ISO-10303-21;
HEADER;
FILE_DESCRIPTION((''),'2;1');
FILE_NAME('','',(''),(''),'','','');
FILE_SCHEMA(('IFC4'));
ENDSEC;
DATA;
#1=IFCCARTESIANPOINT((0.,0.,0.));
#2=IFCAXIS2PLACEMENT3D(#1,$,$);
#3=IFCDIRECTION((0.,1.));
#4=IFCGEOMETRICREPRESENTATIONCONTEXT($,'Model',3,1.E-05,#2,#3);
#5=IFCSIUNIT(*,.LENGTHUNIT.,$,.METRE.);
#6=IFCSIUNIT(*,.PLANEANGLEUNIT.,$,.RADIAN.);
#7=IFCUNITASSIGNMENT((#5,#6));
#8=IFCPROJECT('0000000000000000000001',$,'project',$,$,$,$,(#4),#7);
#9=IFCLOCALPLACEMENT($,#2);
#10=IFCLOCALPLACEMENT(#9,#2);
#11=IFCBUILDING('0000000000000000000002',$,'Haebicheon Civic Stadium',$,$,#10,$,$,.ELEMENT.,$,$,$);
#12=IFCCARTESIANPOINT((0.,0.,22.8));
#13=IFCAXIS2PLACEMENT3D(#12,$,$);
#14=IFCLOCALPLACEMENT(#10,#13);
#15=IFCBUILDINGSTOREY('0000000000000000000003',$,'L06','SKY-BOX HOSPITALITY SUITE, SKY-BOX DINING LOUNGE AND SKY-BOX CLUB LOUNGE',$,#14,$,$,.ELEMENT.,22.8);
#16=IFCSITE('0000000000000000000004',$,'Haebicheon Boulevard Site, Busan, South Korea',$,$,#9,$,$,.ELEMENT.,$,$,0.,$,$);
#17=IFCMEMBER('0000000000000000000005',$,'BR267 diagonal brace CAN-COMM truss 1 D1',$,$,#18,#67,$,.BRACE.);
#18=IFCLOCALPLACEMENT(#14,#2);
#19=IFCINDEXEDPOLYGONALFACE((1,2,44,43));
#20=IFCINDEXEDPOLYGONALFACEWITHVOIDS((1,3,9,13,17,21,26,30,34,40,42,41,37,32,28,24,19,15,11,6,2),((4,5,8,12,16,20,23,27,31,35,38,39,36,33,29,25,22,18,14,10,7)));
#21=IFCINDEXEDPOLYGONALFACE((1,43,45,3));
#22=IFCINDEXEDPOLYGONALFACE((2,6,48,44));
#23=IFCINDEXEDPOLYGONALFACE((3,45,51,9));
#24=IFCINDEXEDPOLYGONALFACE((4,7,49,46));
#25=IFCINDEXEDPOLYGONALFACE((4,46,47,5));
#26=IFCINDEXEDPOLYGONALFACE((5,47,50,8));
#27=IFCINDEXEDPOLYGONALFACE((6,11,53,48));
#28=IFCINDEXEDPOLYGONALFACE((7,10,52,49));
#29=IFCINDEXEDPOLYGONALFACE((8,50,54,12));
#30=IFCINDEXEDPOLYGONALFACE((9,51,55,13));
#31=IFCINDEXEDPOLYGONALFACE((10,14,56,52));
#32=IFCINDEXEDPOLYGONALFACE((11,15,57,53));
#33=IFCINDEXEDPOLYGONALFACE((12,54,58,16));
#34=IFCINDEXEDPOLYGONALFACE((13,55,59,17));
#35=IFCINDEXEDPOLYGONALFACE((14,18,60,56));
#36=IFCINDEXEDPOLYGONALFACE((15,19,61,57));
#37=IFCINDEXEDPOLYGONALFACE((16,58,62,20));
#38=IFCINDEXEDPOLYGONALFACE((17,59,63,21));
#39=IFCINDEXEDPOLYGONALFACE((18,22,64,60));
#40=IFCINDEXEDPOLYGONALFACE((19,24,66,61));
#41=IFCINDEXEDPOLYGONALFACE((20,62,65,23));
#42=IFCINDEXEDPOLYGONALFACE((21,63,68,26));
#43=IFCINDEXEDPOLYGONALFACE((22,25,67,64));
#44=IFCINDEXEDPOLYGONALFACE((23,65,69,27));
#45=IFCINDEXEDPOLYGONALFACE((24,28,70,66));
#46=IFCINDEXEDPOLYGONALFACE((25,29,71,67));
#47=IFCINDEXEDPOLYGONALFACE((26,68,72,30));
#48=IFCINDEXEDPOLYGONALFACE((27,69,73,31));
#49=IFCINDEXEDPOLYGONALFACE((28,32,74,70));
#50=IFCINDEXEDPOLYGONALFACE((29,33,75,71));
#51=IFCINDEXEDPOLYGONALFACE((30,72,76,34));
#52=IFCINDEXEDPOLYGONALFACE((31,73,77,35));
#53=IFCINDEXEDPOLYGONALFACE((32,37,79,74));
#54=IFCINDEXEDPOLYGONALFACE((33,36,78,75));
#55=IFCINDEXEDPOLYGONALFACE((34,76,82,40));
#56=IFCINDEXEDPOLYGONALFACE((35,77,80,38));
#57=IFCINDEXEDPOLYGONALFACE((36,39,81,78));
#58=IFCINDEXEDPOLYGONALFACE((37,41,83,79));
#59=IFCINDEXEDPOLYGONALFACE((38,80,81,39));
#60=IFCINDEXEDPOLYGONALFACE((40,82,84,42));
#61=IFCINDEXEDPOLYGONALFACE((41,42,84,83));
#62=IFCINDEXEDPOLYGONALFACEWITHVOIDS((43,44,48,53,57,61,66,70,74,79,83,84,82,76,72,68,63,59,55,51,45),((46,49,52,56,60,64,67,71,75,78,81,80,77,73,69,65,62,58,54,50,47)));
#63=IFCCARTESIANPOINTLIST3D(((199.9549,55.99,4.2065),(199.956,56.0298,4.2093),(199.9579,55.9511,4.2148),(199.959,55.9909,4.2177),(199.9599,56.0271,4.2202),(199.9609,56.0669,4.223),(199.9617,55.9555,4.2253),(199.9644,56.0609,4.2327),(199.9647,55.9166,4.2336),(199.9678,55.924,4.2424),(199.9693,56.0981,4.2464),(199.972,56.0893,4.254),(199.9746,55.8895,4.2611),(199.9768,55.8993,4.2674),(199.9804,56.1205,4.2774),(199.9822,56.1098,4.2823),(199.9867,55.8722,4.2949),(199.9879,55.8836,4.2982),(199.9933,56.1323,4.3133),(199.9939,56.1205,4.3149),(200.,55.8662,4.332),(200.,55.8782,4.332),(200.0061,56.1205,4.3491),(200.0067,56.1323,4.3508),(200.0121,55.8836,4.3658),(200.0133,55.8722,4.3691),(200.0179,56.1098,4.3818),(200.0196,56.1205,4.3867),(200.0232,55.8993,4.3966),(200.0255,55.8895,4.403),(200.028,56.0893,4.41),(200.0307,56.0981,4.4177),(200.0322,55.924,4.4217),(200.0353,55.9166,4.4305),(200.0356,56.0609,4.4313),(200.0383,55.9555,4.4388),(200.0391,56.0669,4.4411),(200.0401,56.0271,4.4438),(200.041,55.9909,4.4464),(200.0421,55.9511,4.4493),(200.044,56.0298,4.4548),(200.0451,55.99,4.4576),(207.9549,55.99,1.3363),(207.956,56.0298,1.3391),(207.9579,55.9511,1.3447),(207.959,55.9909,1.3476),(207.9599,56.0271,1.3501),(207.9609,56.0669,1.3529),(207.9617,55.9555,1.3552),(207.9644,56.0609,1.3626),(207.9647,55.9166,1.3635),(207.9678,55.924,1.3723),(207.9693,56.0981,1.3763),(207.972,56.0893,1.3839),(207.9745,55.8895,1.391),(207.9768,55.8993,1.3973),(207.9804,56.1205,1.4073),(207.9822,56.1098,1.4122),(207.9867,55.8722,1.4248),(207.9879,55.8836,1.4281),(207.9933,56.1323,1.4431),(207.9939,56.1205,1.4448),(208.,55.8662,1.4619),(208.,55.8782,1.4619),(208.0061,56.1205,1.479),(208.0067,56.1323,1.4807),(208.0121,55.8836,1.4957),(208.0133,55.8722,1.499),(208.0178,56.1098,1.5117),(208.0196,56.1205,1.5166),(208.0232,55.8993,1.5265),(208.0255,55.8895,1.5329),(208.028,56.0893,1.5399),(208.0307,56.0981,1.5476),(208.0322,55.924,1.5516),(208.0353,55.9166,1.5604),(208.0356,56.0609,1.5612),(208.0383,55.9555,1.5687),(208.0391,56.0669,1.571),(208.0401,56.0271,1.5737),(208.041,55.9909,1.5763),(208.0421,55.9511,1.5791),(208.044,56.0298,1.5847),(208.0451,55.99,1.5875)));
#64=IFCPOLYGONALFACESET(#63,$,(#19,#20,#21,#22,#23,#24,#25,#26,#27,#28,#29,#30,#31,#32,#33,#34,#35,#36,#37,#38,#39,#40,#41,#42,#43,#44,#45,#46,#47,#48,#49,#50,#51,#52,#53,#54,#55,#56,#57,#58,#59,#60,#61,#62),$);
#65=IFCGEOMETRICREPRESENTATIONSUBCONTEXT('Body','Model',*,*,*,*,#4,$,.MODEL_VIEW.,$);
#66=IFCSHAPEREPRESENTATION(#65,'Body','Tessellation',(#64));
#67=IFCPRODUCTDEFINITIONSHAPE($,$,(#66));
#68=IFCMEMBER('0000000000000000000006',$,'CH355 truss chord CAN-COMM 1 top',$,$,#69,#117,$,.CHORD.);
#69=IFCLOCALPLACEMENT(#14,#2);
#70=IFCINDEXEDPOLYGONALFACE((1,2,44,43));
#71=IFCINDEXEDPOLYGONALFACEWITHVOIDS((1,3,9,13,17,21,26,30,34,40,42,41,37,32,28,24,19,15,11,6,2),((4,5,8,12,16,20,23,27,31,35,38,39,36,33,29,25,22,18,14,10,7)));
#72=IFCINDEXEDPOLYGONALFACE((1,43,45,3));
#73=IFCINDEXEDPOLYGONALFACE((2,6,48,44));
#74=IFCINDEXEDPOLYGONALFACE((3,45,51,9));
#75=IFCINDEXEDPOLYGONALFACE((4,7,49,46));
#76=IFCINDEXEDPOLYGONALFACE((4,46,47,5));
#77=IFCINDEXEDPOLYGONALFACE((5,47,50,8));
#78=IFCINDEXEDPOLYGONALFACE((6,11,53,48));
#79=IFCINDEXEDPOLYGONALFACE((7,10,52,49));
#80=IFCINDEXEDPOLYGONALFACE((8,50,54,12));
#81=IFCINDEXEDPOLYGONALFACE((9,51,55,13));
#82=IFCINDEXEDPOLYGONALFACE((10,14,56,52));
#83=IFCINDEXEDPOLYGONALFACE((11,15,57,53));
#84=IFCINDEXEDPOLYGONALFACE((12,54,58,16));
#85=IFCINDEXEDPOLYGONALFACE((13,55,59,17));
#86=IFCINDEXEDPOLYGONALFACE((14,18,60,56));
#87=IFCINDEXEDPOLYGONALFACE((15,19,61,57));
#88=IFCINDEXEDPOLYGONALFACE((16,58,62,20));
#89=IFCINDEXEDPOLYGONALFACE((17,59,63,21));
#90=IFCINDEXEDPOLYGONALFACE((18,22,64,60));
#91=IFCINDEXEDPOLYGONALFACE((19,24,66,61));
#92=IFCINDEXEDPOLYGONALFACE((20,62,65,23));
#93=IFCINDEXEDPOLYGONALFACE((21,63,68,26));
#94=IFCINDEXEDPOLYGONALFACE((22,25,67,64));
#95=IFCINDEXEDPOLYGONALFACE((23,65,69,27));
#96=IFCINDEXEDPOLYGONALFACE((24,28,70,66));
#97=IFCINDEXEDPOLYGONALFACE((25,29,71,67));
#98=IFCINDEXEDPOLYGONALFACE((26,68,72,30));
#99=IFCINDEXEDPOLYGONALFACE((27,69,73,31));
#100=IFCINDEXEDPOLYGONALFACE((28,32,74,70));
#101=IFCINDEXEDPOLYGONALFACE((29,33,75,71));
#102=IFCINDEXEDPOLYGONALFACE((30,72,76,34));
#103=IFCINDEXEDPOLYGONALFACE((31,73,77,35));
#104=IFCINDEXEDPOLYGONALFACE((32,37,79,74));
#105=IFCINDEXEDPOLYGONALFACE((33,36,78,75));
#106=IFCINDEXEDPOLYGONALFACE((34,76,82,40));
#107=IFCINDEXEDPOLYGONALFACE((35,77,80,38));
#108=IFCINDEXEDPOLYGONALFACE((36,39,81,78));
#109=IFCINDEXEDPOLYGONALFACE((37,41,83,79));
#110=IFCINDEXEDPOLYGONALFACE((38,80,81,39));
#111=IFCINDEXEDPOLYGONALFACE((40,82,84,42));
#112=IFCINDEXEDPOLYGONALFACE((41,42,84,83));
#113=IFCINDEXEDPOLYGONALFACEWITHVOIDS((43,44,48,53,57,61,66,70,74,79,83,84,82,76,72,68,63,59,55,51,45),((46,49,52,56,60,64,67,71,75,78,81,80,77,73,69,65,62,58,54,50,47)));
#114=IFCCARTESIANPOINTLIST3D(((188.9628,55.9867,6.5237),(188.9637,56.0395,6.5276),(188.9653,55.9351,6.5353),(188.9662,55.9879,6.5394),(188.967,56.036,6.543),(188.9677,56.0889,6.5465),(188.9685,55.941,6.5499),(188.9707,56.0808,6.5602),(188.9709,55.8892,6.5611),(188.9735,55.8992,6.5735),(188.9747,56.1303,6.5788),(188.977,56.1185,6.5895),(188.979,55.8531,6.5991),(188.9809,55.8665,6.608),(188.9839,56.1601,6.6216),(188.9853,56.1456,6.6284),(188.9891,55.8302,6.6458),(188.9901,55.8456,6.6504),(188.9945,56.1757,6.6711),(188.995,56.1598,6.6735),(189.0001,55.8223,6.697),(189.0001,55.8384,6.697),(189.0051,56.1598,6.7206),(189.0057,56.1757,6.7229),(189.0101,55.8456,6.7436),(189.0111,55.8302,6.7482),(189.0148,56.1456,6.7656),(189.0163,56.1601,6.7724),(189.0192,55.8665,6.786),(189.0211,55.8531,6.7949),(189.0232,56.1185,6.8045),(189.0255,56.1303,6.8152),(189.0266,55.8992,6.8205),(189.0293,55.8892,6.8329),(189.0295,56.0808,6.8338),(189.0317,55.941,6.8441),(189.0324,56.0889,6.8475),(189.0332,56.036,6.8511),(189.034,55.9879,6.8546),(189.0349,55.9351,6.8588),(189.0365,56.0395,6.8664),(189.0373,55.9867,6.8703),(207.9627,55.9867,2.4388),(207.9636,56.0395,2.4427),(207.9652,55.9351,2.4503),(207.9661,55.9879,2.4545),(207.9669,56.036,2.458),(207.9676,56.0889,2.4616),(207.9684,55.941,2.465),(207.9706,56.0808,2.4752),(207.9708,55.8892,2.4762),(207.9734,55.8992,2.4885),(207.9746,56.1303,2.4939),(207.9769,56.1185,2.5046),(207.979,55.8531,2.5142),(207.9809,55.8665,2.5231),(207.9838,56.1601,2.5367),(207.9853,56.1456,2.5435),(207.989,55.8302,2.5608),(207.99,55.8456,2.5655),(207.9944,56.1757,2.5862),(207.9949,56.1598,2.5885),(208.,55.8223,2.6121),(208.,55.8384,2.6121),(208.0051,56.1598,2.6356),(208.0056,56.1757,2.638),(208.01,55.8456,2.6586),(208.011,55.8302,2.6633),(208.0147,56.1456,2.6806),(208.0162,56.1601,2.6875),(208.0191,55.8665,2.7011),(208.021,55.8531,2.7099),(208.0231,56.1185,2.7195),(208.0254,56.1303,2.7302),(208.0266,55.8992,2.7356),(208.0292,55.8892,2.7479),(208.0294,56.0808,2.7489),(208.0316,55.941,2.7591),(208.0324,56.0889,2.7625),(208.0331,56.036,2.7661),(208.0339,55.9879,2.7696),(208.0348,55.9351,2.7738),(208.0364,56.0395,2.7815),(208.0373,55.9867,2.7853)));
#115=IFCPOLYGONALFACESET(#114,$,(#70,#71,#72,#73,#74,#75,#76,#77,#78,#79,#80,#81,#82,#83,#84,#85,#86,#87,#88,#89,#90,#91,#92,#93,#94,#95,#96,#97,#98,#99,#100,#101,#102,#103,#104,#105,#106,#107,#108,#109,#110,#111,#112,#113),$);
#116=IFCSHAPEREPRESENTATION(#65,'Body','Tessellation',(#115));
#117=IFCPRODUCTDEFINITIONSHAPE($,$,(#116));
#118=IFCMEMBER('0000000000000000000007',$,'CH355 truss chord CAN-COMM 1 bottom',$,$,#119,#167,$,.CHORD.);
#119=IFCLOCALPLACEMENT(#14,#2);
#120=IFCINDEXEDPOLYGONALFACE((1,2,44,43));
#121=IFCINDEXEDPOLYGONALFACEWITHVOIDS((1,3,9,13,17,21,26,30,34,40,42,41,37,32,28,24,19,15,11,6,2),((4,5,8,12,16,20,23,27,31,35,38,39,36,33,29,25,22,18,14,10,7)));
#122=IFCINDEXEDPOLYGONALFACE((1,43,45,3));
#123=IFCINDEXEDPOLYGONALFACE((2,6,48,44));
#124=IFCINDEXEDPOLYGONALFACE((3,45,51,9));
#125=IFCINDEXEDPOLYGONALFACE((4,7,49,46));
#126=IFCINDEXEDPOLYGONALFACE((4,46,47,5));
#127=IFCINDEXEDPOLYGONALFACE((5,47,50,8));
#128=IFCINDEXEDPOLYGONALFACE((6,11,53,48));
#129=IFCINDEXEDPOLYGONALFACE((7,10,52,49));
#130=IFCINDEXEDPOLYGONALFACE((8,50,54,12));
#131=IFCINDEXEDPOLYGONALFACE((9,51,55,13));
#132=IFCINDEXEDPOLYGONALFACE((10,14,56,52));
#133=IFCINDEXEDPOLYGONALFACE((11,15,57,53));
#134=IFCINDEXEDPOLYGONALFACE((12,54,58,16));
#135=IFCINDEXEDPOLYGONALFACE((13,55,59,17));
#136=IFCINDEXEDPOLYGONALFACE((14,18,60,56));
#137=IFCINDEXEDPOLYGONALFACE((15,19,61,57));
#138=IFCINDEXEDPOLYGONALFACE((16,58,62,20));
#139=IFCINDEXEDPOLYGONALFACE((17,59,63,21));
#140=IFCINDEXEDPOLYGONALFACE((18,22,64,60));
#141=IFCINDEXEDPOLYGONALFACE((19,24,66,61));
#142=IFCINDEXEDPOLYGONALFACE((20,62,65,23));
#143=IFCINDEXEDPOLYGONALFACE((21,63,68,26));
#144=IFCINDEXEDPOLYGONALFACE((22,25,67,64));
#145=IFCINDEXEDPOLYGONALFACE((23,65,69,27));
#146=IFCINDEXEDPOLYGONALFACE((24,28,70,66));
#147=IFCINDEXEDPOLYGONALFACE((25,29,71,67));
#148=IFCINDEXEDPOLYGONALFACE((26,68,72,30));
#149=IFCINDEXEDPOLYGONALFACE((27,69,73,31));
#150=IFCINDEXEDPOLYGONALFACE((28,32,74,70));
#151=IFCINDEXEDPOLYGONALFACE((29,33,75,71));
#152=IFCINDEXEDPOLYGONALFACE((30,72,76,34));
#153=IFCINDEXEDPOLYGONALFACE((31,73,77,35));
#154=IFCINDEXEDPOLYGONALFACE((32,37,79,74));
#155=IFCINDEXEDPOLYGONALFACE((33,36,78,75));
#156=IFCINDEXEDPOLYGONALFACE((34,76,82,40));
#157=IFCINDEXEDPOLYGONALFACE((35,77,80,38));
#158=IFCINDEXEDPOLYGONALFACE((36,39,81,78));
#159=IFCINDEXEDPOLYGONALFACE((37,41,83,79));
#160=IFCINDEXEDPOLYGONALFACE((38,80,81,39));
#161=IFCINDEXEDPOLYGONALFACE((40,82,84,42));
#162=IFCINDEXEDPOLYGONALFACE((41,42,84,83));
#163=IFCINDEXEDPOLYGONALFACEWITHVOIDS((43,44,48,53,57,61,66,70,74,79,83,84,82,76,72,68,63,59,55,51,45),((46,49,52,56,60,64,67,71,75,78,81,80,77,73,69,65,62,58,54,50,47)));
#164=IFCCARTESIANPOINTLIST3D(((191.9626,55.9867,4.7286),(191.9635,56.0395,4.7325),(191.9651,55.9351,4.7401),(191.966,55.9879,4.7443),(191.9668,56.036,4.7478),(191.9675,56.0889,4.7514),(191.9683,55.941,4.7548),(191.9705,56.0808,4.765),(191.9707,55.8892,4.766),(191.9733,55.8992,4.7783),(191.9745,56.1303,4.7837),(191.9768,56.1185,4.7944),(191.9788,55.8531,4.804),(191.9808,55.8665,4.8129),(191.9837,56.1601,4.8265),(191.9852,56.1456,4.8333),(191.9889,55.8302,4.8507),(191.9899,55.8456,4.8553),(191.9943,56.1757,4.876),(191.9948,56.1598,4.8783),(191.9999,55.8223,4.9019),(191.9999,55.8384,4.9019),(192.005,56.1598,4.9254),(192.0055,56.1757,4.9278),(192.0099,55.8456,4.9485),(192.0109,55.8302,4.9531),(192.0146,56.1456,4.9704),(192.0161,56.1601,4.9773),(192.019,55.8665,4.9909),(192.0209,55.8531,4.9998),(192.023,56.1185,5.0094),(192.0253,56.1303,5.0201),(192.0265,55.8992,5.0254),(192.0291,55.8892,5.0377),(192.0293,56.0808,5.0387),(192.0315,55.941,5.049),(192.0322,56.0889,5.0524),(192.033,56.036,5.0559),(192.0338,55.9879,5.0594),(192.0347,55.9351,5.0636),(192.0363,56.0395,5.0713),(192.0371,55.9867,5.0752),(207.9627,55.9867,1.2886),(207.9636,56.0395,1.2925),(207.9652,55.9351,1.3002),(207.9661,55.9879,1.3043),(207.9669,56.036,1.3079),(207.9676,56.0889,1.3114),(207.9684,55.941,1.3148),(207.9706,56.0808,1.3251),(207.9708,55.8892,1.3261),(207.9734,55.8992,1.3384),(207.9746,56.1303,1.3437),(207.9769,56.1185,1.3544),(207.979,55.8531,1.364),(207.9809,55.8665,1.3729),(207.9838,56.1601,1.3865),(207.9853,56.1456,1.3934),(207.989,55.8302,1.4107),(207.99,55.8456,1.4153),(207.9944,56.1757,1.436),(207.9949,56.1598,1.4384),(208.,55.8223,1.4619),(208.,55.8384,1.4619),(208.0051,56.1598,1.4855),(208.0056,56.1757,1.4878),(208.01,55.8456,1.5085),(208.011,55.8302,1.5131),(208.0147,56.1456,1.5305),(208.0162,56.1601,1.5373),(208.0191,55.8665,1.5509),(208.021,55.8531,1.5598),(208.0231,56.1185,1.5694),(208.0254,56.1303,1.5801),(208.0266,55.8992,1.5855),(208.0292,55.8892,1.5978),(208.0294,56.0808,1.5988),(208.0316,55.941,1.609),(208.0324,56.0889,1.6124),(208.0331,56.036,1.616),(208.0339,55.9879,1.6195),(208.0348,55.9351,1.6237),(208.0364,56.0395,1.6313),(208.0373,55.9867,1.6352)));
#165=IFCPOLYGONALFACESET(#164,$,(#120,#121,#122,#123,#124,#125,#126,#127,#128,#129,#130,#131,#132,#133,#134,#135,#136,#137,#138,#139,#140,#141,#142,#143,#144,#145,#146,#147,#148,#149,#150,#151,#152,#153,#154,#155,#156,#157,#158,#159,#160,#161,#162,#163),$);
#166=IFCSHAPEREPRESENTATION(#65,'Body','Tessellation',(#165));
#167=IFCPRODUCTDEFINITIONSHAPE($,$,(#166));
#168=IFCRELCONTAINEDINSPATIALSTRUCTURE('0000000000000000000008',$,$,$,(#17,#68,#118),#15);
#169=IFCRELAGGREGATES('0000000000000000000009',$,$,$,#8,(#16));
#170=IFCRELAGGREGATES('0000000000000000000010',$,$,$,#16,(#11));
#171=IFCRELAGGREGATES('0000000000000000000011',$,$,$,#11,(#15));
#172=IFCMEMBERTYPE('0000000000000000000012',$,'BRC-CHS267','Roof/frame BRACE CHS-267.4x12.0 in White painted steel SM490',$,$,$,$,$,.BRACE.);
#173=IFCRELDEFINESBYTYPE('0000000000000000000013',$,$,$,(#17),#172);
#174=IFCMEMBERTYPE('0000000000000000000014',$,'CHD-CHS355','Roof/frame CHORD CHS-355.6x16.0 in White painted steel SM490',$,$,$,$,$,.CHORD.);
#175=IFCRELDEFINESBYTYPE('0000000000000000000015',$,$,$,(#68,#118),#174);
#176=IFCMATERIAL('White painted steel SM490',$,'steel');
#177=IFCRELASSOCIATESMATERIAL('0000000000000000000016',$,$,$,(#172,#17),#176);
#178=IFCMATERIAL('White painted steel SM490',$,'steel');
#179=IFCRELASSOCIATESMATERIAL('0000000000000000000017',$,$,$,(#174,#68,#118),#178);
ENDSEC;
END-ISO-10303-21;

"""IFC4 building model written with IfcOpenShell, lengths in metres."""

from ifc_helpers import new_model, si_unit, direction, frame, origin, origin_2d, place, context, subcontext, project, spatial, hollow_circle, extrude, material, material_profile, profile_set, type_object, element, save


model = new_model("IFC4")

# Units and contexts
model_context = context("Model", 3, precision=1e-05, world=origin(), true_north=direction((0.0, 1.0)))
body_context = subcontext(model_context, "Body", "Model", "MODEL_VIEW")
ifc_project = project(units=[si_unit("LENGTHUNIT", "METRE"), si_unit("PLANEANGLEUNIT", "RADIAN")], contexts=[model_context])

# Site, building, storey
site_placement = place(None, origin())
site = spatial("IfcSite", under=ifc_project, at=site_placement, Name="Haebicheon Boulevard Site, Busan, South Korea", CompositionType="ELEMENT", RefElevation=0.0)
building_placement = place(site_placement, origin())
building = spatial("IfcBuilding", under=site, at=building_placement, Name="Haebicheon Civic Stadium", CompositionType="ELEMENT")
storey_placement = place(building_placement, frame((0.0, 0.0, 22.8)))
storey = spatial("IfcBuildingStorey", under=building, at=storey_placement, Name="L06", Description="SKY-BOX HOSPITALITY SUITE, SKY-BOX DINING LOUNGE AND SKY-BOX CLUB LOUNGE", CompositionType="ELEMENT", Elevation=22.8)

# Members
ifc_material_1 = material(Name="White painted steel SM490", Category="steel")
ifc_material_profile_1 = material_profile(ifc_material_1, hollow_circle(Radius=0.1338, WallThickness=0.012, at=origin_2d()), Name="CHS-267.4x12.0")
ifc_profile_set_1 = profile_set([ifc_material_profile_1], Name="White painted steel SM490")
member_type_1 = type_object("IfcMemberType", Name="BRC-CHS267", Description="Roof/frame BRACE CHS-267.4x12.0 in White painted steel SM490", PredefinedType="BRACE", material=ifc_profile_set_1)
member_1_placement = place(storey_placement, frame((208.0, 56.0, 1.4619), z_axis=(-0.941257, 0.0, 0.33769), x_axis=(0.0, -1.0, 0.0)))
element("IfcMember", 1, at=member_1_placement, inside=storey, type_object=member_type_1, material=ifc_profile_set_1, Name="BR267 diagonal brace CAN-COMM truss 1 D1", PredefinedType="BRACE", context=body_context, shape_type="SweptSolid", body=[
    extrude(hollow_circle(Radius=0.1338, WallThickness=0.012, at=origin_2d()), origin(), (0.0, 0.0, 1.0), 8.4993),
])
ifc_material_2 = material(Name="White painted steel SM490", Category="steel")
ifc_material_profile_2 = material_profile(ifc_material_2, hollow_circle(Radius=0.1777, WallThickness=0.0161, at=origin_2d()), Name="CHS-355.6x16.0")
ifc_profile_set_2 = profile_set([ifc_material_profile_2], Name="White painted steel SM490")
member_type_2 = type_object("IfcMemberType", Name="CHD-CHS355", Description="Roof/frame CHORD CHS-355.6x16.0 in White painted steel SM490", PredefinedType="CHORD", material=ifc_profile_set_2)
member_2_placement = place(storey_placement, frame((208.0, 56.0, 2.6121), z_axis=(-0.97766, 0.0, 0.210195), x_axis=(0.0, -1.0, 0.0)))
element("IfcMember", 2, at=member_2_placement, inside=storey, type_object=member_type_2, material=ifc_profile_set_2, Name="CH355 truss chord CAN-COMM 1 top", PredefinedType="CHORD", context=body_context, shape_type="SweptSolid", body=[
    extrude(hollow_circle(Radius=0.1777, WallThickness=0.0161, at=origin_2d()), origin(), (0.0, 0.0, 1.0), 19.4341),
])
member_3_placement = place(storey_placement, frame((208.0, 56.0, 1.4619), z_axis=(-0.97766, 0.0, 0.210193), x_axis=(0.0, -1.0, 0.0)))
element("IfcMember", 3, at=member_3_placement, inside=storey, type_object=member_type_2, material=ifc_profile_set_2, Name="CH355 truss chord CAN-COMM 1 bottom", PredefinedType="CHORD", context=body_context, shape_type="SweptSolid", body=[
    extrude(hollow_circle(Radius=0.1777, WallThickness=0.0161, at=origin_2d()), origin(), (0.0, 0.0, 1.0), 16.3657),
])

save(model, "model.ifc")
